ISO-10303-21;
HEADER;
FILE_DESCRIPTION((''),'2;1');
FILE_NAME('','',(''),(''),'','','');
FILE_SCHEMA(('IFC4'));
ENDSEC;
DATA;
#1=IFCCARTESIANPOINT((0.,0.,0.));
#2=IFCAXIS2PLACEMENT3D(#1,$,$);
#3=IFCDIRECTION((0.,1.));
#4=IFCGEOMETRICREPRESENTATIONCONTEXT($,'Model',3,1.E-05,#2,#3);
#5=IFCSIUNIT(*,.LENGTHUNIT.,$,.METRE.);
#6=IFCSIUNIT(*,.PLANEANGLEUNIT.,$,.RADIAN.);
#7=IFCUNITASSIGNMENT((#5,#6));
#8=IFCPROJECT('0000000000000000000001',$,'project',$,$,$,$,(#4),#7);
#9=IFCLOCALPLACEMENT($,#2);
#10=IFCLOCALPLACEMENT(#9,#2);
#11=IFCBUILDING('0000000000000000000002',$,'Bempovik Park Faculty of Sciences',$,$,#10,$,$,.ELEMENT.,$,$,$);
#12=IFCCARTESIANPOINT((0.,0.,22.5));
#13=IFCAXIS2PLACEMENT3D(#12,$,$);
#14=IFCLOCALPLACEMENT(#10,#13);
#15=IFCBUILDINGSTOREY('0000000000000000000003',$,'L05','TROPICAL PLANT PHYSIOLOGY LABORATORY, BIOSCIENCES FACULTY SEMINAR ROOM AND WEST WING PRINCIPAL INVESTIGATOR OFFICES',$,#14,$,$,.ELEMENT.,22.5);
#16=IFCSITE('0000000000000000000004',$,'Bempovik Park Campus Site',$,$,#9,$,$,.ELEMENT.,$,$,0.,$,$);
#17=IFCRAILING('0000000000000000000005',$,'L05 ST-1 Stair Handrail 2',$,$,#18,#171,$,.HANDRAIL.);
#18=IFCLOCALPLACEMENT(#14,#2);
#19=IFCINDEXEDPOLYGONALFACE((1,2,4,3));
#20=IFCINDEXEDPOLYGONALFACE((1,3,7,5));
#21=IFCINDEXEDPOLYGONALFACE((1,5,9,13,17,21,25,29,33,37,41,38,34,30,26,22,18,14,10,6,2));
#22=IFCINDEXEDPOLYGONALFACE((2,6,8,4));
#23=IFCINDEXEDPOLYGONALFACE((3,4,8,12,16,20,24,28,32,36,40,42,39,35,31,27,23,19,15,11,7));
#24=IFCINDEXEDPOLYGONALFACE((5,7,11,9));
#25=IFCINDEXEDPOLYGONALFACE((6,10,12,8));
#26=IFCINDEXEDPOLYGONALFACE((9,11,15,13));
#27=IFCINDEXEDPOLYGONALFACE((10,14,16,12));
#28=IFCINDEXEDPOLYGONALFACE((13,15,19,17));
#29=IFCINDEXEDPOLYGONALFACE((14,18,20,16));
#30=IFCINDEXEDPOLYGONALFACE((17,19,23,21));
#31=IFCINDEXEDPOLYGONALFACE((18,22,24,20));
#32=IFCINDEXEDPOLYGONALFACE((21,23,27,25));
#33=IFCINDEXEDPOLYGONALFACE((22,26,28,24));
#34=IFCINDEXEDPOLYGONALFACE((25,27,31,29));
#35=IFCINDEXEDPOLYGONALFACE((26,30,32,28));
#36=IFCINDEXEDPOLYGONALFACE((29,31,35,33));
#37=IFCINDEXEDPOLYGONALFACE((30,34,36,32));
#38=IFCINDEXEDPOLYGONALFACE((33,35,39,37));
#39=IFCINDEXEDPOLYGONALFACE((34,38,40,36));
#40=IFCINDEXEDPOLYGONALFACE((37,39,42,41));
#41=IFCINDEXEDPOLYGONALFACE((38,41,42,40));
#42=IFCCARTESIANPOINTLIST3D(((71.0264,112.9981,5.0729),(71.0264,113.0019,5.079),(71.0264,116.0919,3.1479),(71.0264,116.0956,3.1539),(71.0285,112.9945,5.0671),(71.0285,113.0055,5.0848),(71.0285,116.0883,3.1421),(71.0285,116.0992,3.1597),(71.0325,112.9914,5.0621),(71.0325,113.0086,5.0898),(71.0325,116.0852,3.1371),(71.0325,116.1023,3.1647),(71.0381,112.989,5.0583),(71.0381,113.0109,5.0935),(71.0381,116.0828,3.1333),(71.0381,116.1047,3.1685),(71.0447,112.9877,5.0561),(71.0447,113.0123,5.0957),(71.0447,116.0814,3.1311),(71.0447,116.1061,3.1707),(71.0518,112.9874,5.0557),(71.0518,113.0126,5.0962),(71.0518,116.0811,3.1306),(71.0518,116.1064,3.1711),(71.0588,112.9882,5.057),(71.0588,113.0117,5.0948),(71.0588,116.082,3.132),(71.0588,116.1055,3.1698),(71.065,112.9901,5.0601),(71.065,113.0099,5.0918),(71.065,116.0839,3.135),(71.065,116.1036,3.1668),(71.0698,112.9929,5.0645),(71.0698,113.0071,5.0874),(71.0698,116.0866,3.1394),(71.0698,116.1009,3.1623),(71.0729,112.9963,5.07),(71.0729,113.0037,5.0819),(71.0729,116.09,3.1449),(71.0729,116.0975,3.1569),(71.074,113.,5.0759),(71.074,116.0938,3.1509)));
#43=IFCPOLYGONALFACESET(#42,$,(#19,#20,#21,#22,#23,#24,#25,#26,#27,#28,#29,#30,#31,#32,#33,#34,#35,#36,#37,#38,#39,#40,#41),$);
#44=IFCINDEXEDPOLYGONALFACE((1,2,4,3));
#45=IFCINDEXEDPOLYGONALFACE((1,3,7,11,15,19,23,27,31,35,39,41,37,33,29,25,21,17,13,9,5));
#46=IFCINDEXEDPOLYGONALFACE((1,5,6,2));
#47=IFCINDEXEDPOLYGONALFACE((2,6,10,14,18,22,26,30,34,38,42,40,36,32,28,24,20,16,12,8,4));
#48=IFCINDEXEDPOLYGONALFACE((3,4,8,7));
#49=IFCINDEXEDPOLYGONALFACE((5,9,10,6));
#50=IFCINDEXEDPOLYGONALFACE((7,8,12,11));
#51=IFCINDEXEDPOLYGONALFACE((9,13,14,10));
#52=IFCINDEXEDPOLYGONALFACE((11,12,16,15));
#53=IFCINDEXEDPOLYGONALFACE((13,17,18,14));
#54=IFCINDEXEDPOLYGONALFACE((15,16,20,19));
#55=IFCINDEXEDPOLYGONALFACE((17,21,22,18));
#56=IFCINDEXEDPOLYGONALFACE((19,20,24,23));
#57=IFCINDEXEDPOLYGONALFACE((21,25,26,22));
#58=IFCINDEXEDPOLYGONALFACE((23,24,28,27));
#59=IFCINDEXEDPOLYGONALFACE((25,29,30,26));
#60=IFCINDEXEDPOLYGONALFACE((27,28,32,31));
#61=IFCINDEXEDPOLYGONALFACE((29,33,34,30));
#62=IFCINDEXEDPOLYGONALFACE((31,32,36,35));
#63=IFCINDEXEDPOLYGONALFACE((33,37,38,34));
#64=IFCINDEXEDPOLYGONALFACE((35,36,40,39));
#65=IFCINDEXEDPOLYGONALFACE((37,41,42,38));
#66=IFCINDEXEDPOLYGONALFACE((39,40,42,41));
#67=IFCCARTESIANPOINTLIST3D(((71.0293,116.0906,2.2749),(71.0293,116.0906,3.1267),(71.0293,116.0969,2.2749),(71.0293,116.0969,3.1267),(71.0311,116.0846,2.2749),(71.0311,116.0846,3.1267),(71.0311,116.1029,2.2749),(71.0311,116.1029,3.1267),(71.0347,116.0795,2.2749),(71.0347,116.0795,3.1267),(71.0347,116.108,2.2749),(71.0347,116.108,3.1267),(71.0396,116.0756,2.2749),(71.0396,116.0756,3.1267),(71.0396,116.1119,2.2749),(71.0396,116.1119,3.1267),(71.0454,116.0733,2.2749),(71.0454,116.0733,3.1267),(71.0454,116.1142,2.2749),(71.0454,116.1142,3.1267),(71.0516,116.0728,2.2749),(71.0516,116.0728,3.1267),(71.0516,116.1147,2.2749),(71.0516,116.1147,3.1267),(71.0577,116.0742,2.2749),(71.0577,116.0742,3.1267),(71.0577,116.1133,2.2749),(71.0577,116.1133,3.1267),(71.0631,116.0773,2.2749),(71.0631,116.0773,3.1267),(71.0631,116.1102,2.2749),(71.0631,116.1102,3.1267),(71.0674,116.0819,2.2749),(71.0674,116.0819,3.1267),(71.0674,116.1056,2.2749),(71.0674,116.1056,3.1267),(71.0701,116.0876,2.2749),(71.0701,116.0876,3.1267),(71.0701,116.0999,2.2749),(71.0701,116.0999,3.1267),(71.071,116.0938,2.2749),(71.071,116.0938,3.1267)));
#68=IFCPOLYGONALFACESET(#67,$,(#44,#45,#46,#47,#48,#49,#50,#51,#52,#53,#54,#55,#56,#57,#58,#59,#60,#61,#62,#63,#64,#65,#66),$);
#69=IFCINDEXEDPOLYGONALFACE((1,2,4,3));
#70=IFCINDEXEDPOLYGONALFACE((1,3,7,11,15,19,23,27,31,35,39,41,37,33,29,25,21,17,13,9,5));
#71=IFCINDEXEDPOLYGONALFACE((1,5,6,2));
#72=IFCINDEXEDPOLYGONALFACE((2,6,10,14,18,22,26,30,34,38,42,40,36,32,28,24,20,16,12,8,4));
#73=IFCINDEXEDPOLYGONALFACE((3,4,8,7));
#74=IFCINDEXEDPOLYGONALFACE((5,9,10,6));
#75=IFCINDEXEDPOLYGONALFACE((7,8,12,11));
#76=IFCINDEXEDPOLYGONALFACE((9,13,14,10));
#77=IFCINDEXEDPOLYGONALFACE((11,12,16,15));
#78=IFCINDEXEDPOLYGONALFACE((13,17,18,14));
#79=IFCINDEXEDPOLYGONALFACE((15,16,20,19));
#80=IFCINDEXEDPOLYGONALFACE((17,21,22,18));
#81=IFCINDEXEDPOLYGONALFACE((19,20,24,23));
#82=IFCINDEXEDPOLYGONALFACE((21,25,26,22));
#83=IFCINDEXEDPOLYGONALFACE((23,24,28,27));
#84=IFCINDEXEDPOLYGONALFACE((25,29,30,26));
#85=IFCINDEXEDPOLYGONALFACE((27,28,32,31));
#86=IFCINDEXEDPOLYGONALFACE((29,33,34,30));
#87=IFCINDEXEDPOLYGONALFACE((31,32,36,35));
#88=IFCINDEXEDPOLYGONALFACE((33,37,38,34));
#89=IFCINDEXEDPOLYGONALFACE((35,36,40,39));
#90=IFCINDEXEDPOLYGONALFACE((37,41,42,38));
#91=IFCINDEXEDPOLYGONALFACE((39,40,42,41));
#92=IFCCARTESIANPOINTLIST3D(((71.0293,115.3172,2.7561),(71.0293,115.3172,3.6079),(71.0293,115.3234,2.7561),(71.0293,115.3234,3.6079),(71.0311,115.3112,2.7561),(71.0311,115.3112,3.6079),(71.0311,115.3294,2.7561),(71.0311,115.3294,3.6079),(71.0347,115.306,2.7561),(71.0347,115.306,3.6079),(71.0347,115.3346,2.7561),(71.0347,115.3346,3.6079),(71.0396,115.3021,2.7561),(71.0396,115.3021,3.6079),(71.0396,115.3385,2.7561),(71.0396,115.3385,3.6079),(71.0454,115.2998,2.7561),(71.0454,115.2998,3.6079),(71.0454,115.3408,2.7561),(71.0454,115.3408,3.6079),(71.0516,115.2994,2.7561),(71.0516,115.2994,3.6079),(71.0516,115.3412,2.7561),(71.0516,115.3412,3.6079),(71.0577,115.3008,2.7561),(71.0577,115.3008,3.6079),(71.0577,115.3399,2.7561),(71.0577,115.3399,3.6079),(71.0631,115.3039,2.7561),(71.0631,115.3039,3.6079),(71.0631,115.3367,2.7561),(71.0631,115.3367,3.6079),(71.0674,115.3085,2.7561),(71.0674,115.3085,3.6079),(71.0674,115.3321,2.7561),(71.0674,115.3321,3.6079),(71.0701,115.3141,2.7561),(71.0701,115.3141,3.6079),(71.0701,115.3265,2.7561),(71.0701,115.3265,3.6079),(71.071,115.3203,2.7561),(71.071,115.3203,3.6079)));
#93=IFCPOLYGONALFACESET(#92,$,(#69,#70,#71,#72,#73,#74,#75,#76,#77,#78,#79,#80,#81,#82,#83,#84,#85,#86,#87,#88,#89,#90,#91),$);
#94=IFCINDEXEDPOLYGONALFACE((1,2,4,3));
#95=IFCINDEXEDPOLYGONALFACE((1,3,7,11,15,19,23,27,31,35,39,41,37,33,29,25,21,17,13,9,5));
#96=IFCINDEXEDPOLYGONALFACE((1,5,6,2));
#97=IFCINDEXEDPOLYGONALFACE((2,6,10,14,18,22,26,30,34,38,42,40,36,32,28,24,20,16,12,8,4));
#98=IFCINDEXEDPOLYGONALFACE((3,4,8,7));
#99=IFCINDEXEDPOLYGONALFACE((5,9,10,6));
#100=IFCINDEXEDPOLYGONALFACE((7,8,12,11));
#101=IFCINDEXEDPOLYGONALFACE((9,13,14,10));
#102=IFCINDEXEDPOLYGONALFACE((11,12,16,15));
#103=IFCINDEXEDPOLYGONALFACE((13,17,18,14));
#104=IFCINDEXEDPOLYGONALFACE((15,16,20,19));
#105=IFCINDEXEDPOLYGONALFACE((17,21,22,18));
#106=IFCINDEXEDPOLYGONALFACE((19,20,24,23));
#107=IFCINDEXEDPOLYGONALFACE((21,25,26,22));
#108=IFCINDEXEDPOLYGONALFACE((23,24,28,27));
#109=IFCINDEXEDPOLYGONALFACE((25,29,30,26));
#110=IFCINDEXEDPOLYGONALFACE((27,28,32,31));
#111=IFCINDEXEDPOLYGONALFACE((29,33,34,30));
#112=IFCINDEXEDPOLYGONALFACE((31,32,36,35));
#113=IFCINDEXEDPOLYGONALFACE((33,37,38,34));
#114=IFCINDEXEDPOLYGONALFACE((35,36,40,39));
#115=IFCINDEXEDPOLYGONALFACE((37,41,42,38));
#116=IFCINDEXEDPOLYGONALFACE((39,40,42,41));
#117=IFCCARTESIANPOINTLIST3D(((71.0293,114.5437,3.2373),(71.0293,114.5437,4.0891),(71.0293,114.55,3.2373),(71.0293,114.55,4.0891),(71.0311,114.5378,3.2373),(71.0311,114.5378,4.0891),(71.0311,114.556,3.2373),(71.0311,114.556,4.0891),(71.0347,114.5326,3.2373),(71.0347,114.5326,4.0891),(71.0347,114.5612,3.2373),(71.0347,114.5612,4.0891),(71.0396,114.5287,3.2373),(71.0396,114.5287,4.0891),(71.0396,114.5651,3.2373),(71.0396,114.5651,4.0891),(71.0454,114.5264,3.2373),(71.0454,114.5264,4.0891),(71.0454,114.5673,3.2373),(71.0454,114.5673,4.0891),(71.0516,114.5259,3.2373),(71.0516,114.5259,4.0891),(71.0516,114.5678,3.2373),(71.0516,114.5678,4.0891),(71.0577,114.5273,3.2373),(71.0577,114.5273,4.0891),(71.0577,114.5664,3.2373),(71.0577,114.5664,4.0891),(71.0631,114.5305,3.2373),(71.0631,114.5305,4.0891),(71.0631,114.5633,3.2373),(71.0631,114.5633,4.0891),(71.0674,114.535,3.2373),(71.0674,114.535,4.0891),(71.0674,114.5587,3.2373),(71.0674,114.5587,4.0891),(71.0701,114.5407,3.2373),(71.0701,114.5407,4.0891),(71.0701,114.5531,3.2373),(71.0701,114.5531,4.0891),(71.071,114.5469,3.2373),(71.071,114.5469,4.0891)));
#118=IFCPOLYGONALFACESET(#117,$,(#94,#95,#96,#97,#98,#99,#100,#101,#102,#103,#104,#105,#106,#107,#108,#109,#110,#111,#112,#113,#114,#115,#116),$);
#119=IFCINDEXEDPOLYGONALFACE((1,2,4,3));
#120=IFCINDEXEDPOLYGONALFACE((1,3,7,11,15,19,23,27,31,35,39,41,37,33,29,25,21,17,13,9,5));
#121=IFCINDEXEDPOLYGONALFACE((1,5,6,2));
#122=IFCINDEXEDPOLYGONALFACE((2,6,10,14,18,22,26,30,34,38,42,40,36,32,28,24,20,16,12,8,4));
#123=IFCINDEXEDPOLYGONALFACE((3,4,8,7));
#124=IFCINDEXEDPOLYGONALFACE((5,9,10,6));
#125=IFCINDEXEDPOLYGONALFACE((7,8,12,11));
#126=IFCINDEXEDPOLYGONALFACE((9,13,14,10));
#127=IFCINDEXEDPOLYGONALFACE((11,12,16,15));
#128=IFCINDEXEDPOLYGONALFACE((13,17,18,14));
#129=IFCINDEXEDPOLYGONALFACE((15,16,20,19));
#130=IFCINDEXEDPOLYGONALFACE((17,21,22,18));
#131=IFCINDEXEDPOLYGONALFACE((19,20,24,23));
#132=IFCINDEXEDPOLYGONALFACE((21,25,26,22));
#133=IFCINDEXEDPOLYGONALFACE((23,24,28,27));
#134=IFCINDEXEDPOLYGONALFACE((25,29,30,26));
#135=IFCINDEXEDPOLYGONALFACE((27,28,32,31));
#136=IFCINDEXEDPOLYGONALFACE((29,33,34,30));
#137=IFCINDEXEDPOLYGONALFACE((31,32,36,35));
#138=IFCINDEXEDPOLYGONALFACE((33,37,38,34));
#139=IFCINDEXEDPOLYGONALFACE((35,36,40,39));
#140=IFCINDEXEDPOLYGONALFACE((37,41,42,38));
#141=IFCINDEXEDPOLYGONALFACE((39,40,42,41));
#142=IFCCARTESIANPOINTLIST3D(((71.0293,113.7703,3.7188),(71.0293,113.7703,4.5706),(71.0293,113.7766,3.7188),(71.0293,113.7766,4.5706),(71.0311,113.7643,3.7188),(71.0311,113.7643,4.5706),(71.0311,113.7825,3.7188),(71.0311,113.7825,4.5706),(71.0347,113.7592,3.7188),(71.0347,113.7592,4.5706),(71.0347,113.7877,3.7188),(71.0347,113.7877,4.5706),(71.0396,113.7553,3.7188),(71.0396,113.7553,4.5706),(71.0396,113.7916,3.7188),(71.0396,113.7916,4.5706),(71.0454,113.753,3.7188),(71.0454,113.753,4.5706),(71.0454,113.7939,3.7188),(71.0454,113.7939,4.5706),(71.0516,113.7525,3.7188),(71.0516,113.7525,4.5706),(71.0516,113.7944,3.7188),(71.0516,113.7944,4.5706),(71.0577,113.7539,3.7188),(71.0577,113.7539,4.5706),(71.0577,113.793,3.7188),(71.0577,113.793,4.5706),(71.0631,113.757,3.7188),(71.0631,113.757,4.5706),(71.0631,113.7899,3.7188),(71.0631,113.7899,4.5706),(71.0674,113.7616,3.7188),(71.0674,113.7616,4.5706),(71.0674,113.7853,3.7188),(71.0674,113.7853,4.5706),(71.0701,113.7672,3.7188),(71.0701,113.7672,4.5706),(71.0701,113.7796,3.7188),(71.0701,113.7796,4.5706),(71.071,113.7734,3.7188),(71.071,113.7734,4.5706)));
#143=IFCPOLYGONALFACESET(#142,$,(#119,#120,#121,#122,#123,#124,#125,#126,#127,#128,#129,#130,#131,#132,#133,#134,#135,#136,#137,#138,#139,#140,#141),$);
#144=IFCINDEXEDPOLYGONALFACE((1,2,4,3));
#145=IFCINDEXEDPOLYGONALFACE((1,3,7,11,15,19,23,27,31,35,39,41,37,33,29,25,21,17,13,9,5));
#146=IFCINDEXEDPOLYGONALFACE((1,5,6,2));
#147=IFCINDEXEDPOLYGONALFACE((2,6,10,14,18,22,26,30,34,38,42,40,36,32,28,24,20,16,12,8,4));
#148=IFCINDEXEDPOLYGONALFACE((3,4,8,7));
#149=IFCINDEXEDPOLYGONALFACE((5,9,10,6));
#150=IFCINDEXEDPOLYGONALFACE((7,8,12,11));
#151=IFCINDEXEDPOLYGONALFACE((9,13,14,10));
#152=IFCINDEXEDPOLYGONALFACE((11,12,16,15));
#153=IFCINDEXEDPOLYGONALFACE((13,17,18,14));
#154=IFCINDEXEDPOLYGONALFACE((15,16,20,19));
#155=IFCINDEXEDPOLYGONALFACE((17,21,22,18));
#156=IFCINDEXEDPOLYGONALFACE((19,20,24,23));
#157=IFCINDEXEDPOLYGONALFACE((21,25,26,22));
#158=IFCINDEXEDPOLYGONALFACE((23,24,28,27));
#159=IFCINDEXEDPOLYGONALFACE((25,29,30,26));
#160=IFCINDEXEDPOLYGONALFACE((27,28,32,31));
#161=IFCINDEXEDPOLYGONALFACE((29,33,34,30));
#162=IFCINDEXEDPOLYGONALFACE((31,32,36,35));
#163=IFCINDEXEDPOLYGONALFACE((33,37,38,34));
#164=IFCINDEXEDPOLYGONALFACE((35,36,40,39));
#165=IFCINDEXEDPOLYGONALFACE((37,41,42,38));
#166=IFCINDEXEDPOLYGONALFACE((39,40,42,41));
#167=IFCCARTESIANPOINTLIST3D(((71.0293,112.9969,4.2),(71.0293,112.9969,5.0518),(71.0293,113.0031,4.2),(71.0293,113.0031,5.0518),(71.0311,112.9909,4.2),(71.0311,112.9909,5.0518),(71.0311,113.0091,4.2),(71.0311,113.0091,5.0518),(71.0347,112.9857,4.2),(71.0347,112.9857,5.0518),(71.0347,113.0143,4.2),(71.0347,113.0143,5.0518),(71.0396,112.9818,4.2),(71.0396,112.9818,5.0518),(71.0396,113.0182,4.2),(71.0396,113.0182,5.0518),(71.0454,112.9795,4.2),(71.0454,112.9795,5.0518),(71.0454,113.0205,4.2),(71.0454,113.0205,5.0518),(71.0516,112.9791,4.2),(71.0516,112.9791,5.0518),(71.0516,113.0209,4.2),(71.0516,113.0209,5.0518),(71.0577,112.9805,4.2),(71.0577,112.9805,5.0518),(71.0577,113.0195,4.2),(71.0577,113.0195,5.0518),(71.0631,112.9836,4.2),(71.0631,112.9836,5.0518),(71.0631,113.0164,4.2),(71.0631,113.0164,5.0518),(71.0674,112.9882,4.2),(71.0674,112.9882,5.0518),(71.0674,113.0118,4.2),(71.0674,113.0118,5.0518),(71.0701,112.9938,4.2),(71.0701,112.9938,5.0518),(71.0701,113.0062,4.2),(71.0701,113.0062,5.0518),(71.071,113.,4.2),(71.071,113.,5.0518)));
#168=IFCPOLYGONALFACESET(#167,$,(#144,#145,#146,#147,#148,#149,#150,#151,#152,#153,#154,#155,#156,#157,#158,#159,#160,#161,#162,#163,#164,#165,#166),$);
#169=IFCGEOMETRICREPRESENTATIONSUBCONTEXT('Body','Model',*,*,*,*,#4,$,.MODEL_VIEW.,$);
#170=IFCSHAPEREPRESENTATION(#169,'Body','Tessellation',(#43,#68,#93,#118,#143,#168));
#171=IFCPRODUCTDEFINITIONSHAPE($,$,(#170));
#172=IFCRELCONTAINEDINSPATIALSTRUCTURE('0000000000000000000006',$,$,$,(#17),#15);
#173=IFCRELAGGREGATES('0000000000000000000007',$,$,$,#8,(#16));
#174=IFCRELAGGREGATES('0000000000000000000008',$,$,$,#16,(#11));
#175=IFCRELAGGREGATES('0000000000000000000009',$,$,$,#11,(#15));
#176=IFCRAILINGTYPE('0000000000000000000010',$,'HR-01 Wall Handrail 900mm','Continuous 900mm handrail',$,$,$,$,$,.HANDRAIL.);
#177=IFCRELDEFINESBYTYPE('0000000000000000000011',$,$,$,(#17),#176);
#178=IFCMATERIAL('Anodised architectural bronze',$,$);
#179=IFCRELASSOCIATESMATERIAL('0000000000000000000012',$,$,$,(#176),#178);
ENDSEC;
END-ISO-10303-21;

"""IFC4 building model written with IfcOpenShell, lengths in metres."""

from ifc_helpers import new_model, si_unit, direction, frame, origin, origin_2d, place, context, subcontext, project, spatial, circle, extrude, material, type_object, element, save


model = new_model("IFC4")

# Units and contexts
model_context = context("Model", 3, precision=1e-05, world=origin(), true_north=direction((0.0, 1.0)))
body_context = subcontext(model_context, "Body", "Model", "MODEL_VIEW")
ifc_project = project(units=[si_unit("LENGTHUNIT", "METRE"), si_unit("PLANEANGLEUNIT", "RADIAN")], contexts=[model_context])

# Site, building, storey
site_placement = place(None, origin())
site = spatial("IfcSite", under=ifc_project, at=site_placement, Name="Bempovik Park Campus Site", CompositionType="ELEMENT", RefElevation=0.0)
building_placement = place(site_placement, origin())
building = spatial("IfcBuilding", under=site, at=building_placement, Name="Bempovik Park Faculty of Sciences", CompositionType="ELEMENT")
storey_placement = place(building_placement, frame((0.0, 0.0, 22.5)))
storey = spatial("IfcBuildingStorey", under=building, at=storey_placement, Name="L05", Description="TROPICAL PLANT PHYSIOLOGY LABORATORY, BIOSCIENCES FACULTY SEMINAR ROOM AND WEST WING PRINCIPAL INVESTIGATOR OFFICES", CompositionType="ELEMENT", Elevation=22.5)

# Railing
ifc_material_1 = material(Name="Anodised architectural bronze")
railing_type_1 = type_object("IfcRailingType", Name="HR-01 Wall Handrail 900mm", Description="Continuous 900mm handrail", PredefinedType="HANDRAIL", material=ifc_material_1)
railing_1_placement = place(storey_placement, frame((71.05, 116.0938, 2.2749)))
element("IfcRailing", 1, at=railing_1_placement, inside=storey, type_object=railing_type_1, Name="L05 ST-1 Stair Handrail 2", PredefinedType="HANDRAIL", context=body_context, shape_type="SweptSolid", body=[
    extrude(circle(Radius=0.0239, at=origin_2d()), frame((0.0, 0.0, 0.876), z_axis=(0.0, -0.849051, 0.528312), x_axis=(1.0, 0.0, 0.0)), (0.0, 0.0, 1.0), 3.6438),
    extrude(circle(Radius=0.021, at=origin_2d()), origin(), (0.0, 0.0, 1.0), 0.8518),
    extrude(circle(Radius=0.021, at=origin_2d()), frame((0.0, -0.7734, 0.4812)), (0.0, 0.0, 1.0), 0.8518),
    extrude(circle(Radius=0.021, at=origin_2d()), frame((0.0, -1.5469, 0.9624)), (0.0, 0.0, 1.0), 0.8518),
    extrude(circle(Radius=0.021, at=origin_2d()), frame((0.0, -2.3203, 1.4438)), (0.0, 0.0, 1.0), 0.8518),
    extrude(circle(Radius=0.021, at=origin_2d()), frame((0.0, -3.0938, 1.925)), (0.0, 0.0, 1.0), 0.8518),
])

save(model, "model.ifc")
